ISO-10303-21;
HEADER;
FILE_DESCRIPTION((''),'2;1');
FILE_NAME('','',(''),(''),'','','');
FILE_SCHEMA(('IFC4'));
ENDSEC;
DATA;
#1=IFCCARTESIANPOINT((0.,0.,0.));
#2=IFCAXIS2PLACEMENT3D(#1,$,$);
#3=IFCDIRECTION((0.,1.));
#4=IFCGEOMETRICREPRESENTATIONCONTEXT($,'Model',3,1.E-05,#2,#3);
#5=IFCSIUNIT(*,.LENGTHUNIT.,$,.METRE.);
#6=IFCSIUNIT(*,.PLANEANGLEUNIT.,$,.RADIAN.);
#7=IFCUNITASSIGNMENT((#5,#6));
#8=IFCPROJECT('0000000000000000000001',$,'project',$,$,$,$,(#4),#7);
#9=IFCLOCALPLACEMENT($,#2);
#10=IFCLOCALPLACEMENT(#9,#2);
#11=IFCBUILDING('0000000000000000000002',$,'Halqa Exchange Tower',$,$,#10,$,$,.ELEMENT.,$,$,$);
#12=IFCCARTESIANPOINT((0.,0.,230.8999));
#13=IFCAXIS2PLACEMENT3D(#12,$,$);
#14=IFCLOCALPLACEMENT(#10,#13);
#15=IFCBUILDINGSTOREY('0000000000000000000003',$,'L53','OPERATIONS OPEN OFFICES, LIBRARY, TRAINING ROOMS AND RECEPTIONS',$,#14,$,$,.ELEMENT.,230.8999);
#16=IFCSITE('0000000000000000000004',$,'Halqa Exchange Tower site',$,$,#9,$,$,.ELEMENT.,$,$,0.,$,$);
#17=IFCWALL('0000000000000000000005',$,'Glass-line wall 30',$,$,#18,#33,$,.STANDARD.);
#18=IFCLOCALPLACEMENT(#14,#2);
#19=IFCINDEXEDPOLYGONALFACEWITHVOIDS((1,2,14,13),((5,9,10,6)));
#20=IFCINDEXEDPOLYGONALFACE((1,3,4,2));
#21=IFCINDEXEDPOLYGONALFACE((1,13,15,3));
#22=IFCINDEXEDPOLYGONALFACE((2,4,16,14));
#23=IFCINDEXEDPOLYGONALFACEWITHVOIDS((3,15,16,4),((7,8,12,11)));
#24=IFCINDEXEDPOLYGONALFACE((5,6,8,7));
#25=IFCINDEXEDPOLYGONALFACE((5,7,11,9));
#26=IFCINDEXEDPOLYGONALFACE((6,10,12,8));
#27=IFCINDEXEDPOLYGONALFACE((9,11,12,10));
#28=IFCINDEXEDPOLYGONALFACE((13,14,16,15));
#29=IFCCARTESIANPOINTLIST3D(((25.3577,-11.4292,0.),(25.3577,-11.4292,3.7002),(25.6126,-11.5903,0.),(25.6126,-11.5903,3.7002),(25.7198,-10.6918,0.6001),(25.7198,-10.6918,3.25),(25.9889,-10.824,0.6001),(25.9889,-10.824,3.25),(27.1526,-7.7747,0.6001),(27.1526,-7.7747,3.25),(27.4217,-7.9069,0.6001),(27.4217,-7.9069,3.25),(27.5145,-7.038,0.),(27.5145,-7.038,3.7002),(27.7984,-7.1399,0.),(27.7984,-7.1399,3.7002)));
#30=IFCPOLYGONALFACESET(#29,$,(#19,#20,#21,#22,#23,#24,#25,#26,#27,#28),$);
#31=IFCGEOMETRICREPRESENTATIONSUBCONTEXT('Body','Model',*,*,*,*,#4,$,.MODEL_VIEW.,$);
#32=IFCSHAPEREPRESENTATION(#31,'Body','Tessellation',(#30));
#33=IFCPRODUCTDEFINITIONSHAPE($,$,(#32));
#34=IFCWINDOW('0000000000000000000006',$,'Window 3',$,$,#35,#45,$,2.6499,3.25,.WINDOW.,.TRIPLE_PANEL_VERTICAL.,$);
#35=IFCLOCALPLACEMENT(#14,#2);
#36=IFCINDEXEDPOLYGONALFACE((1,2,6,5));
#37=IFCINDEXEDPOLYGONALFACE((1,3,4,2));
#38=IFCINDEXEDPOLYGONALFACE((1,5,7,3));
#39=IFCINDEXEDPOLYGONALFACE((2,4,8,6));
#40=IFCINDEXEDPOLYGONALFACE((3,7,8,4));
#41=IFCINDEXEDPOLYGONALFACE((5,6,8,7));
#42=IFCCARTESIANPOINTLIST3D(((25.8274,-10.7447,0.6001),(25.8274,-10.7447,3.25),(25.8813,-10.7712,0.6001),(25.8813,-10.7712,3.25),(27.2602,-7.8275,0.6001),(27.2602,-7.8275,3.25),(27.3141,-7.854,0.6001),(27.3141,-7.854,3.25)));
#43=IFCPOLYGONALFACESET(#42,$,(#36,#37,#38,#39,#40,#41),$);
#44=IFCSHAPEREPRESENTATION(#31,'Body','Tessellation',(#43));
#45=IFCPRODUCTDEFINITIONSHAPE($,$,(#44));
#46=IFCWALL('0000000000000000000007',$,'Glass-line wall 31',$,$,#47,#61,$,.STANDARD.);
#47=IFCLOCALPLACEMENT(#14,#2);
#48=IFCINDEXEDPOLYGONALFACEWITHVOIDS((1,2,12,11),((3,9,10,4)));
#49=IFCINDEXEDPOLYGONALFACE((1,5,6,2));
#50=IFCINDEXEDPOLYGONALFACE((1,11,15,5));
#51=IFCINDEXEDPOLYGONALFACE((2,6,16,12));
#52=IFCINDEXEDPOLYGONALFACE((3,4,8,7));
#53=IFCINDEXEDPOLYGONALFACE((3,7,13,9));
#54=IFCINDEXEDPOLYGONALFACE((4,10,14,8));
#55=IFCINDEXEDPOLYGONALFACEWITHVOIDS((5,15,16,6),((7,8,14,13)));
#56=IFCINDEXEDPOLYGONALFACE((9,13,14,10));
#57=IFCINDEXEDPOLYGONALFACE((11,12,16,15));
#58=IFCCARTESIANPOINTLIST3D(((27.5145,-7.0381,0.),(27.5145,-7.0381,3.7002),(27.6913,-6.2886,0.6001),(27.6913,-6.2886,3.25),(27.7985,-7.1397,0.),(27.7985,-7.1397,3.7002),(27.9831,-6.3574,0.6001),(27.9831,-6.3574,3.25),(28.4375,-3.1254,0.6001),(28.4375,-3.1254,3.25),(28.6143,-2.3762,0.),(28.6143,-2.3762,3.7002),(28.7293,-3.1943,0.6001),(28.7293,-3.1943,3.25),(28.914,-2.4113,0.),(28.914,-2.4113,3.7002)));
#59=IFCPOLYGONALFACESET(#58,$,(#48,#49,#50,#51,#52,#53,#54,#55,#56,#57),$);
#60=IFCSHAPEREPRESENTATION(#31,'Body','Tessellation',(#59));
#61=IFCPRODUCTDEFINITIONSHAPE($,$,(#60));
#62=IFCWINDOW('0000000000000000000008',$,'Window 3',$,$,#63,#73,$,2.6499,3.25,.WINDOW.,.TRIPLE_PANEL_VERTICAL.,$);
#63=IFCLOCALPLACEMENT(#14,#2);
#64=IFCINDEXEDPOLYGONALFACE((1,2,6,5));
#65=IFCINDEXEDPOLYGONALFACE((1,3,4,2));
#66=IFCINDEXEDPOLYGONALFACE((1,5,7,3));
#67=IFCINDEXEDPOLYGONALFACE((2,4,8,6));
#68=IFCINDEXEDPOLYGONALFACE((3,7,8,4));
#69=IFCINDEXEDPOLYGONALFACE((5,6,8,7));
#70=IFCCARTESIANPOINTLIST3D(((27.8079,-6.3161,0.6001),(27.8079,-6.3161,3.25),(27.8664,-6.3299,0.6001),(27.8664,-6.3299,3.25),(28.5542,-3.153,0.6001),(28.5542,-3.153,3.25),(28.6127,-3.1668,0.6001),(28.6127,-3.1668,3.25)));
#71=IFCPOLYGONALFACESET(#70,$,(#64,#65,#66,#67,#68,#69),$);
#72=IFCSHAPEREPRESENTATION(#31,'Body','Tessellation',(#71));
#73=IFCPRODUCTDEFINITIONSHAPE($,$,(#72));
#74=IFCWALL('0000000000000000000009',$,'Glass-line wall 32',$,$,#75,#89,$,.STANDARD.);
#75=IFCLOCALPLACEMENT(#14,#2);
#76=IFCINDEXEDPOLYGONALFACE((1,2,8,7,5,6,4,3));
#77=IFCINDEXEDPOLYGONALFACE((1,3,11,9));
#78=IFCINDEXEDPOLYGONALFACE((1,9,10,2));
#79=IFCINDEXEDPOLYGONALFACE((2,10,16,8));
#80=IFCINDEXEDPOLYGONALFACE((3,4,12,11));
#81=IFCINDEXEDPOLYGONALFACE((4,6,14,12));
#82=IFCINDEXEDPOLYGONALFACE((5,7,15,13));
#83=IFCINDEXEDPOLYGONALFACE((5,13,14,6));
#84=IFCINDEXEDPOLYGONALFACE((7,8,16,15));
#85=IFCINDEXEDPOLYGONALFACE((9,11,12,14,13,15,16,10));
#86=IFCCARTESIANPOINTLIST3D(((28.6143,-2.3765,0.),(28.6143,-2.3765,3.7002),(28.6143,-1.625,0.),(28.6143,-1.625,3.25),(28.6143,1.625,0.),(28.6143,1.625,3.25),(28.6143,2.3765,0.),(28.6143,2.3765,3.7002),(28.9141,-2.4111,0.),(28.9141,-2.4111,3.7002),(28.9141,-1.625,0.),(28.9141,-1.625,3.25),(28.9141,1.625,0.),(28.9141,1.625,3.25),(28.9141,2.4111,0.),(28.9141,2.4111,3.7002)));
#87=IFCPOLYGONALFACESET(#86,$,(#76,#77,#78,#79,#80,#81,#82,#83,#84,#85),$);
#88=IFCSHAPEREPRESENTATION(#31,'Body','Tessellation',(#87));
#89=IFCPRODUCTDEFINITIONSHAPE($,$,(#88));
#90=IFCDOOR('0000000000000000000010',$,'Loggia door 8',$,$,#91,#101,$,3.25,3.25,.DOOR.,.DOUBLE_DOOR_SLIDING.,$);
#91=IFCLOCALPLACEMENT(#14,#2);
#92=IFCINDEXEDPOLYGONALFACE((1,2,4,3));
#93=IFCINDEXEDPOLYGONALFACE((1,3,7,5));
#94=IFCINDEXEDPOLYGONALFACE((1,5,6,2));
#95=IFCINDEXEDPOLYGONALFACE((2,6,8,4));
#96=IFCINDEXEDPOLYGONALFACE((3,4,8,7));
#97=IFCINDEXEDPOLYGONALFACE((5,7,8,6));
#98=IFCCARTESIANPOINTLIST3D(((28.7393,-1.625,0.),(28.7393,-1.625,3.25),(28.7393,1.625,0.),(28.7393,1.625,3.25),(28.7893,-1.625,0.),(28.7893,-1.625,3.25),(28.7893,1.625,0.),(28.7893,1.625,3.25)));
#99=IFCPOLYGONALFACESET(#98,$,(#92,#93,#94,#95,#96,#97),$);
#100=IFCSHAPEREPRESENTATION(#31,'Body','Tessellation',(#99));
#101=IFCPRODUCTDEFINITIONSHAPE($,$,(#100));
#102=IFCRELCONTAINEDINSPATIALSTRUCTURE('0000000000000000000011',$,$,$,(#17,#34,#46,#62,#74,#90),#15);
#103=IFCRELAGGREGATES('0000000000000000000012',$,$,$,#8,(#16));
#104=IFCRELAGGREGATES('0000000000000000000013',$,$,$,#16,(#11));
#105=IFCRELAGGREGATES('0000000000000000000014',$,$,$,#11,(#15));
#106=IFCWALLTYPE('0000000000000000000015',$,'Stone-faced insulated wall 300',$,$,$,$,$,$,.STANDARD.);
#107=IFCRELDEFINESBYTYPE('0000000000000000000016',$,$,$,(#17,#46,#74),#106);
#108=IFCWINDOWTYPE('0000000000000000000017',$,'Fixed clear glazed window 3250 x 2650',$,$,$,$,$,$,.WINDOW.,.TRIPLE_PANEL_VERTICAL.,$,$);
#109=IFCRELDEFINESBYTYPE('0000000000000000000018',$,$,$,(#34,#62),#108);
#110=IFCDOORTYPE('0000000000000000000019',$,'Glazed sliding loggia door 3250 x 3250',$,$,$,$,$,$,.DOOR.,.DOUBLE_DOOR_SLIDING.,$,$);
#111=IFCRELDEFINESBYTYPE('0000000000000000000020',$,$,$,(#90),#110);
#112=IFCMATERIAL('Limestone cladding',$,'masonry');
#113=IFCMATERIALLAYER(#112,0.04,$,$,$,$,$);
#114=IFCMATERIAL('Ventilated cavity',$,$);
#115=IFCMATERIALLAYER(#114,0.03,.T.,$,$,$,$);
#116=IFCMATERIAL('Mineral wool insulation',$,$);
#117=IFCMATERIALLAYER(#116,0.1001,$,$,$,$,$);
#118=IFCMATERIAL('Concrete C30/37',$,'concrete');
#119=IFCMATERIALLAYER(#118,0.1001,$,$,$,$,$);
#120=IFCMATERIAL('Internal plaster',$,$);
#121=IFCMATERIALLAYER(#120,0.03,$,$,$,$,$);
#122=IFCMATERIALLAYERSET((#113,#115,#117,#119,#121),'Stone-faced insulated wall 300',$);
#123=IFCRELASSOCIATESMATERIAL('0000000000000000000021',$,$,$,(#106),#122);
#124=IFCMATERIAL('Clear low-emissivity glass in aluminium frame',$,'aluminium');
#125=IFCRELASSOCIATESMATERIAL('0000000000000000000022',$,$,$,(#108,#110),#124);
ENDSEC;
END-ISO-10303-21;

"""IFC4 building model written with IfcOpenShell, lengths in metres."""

from ifc_helpers import new_model, si_unit, direction, frame, frame_2d, origin, place, context, subcontext, project, spatial, polyline, rectangle, outline, extrude, material, layer, layer_set, type_object, element, fill, save


model = new_model("IFC4")

# Units and contexts
model_context = context("Model", 3, precision=1e-05, world=origin(), true_north=direction((0.0, 1.0)))
body_context = subcontext(model_context, "Body", "Model", "MODEL_VIEW")
ifc_project = project(units=[si_unit("LENGTHUNIT", "METRE"), si_unit("PLANEANGLEUNIT", "RADIAN")], contexts=[model_context])

# Site, building, storey
site_placement = place(None, origin())
site = spatial("IfcSite", under=ifc_project, at=site_placement, Name="Halqa Exchange Tower site", CompositionType="ELEMENT", RefElevation=0.0)
building_placement = place(site_placement, origin())
building = spatial("IfcBuilding", under=site, at=building_placement, Name="Halqa Exchange Tower", CompositionType="ELEMENT")
storey_placement = place(building_placement, frame((0.0, 0.0, 230.8999)))
storey = spatial("IfcBuildingStorey", under=building, at=storey_placement, Name="L53", Description="OPERATIONS OPEN OFFICES, LIBRARY, TRAINING ROOMS AND RECEPTIONS", CompositionType="ELEMENT", Elevation=230.8999)

# Walls, openings, windows
ifc_material_1 = material(Name="Limestone cladding", Category="masonry")
ifc_layer_1 = layer(ifc_material_1, 0.04)
ifc_material_2 = material(Name="Ventilated cavity")
ifc_layer_2 = layer(ifc_material_2, 0.03, ventilated=True)
ifc_material_3 = material(Name="Mineral wool insulation")
ifc_layer_3 = layer(ifc_material_3, 0.1001)
ifc_material_4 = material(Name="Concrete C30/37", Category="concrete")
ifc_layer_4 = layer(ifc_material_4, 0.1001)
ifc_material_5 = material(Name="Internal plaster")
ifc_layer_5 = layer(ifc_material_5, 0.03)
ifc_layer_set_1 = layer_set([ifc_layer_1, ifc_layer_2, ifc_layer_3, ifc_layer_4, ifc_layer_5], Name="Stone-faced insulated wall 300")
wall_type_1 = type_object("IfcWallType", Name="Stone-faced insulated wall 300", PredefinedType="STANDARD", material=ifc_layer_set_1)
wall_1_placement = place(storey_placement, frame((25.4851, -11.5098, 0.0), z_axis=(0.0, 0.0, 1.0), x_axis=(0.440858, 0.897577, 0.0)))
wall_1 = element("IfcWall", 1, at=wall_1_placement, inside=storey, type_object=wall_type_1, Name="Glass-line wall 30", PredefinedType="STANDARD", context=body_context, shape_type="SweptSolid", body=[
    extrude(outline(polyline([(-0.0161, -0.1499), (4.9421, -0.1499), (4.9084, 0.1499), (0.0161, 0.1499), (-0.0161, -0.1499)])), origin(), (0.0, 0.0, 1.0), 3.7002),
])
opening_1_placement = place(wall_1_placement, frame((0.8376, 0.0, 0.6001)))
opening_1 = element("IfcOpeningElement", 2, at=opening_1_placement, cuts=wall_1, PredefinedType="OPENING", context=body_context, shape_type="SweptSolid", body=[
    extrude(rectangle(XDim=3.25, YDim=2.6499, at=frame_2d((1.625, 1.325))), frame((0.0, 0.1621, 0.0), z_axis=(0.0, -1.0, 0.0), x_axis=(1.0, 0.0, 0.0)), (0.0, 0.0, 1.0), 0.324),
])
ifc_material_6 = material(Name="Clear low-emissivity glass in aluminium frame", Category="aluminium")
window_type = type_object("IfcWindowType", Name="Fixed clear glazed window 3250 x 2650", PartitioningType="TRIPLE_PANEL_VERTICAL", PredefinedType="WINDOW", material=ifc_material_6)
window_1_placement = place(opening_1_placement, origin())
window_1 = element("IfcWindow", 3, at=window_1_placement, inside=storey, type_object=window_type, Name="Window 3", OverallHeight=2.6499, OverallWidth=3.25, PartitioningType="TRIPLE_PANEL_VERTICAL", PredefinedType="WINDOW", context=body_context, shape_type="SweptSolid", body=[
    extrude(rectangle(XDim=3.25, YDim=2.6499, at=frame_2d((1.625, 1.325))), frame((0.0, 0.03, 0.0), z_axis=(0.0, -1.0, 0.0), x_axis=(1.0, 0.0, 0.0)), (0.0, 0.0, 1.0), 0.0601),
])
fill(opening_1, window_1)
wall_2_placement = place(storey_placement, frame((27.6565, -7.0889, 0.0), z_axis=(0.0, 0.0, 1.0), x_axis=(0.229618, 0.973281, 0.0)))
wall_2 = element("IfcWall", 4, at=wall_2_placement, inside=storey, type_object=wall_type_1, Name="Glass-line wall 31", PredefinedType="STANDARD", context=body_context, shape_type="SweptSolid", body=[
    extrude(outline(polyline([(-0.0168, -0.1499), (4.8413, -0.1499), (4.8066, 0.1499), (0.0168, 0.1499), (-0.0168, -0.1499)])), origin(), (0.0, 0.0, 1.0), 3.7002),
])
opening_2_placement = place(wall_2_placement, frame((0.7869, 0.0, 0.6001)))
opening_2 = element("IfcOpeningElement", 5, at=opening_2_placement, cuts=wall_2, PredefinedType="OPENING", context=body_context, shape_type="SweptSolid", body=[
    extrude(rectangle(XDim=3.25, YDim=2.6499, at=frame_2d((1.625, 1.325))), frame((0.0, 0.1621, 0.0), z_axis=(0.0, -1.0, 0.0), x_axis=(1.0, 0.0, 0.0)), (0.0, 0.0, 1.0), 0.324),
])
window_2_placement = place(opening_2_placement, origin())
window_2 = element("IfcWindow", 6, at=window_2_placement, inside=storey, type_object=window_type, Name="Window 3", OverallHeight=2.6499, OverallWidth=3.25, PartitioningType="TRIPLE_PANEL_VERTICAL", PredefinedType="WINDOW", context=body_context, shape_type="SweptSolid", body=[
    extrude(rectangle(XDim=3.25, YDim=2.6499, at=frame_2d((1.625, 1.325))), frame((0.0, 0.03, 0.0), z_axis=(0.0, -1.0, 0.0), x_axis=(1.0, 0.0, 0.0)), (0.0, 0.0, 1.0), 0.0601),
])
fill(opening_2, window_2)

# Wall, opening, door
wall_3_placement = place(storey_placement, frame((28.7642, -2.3938, 0.0), z_axis=(0.0, 0.0, 1.0), x_axis=(0.0, 1.0, 0.0)))
wall_3 = element("IfcWall", 7, at=wall_3_placement, inside=storey, type_object=wall_type_1, Name="Glass-line wall 32", PredefinedType="STANDARD", context=body_context, shape_type="SweptSolid", body=[
    extrude(outline(polyline([(-0.0173, -0.1499), (4.8049, -0.1499), (4.7703, 0.1499), (0.0173, 0.1499), (-0.0173, -0.1499)])), origin(), (0.0, 0.0, 1.0), 3.7002),
])
opening_3_placement = place(wall_3_placement, frame((0.7688, 0.0, 0.0)))
opening_3 = element("IfcOpeningElement", 8, at=opening_3_placement, cuts=wall_3, PredefinedType="OPENING", context=body_context, shape_type="SweptSolid", body=[
    extrude(rectangle(XDim=3.25, YDim=3.25, at=frame_2d((1.625, 1.625))), frame((0.0, 0.1621, 0.0), z_axis=(0.0, -1.0, 0.0), x_axis=(1.0, 0.0, 0.0)), (0.0, 0.0, 1.0), 0.324),
])
door_type_1 = type_object("IfcDoorType", Name="Glazed sliding loggia door 3250 x 3250", OperationType="DOUBLE_DOOR_SLIDING", PredefinedType="DOOR", material=ifc_material_6)
door_1_placement = place(opening_3_placement, origin())
door_1 = element("IfcDoor", 9, at=door_1_placement, inside=storey, type_object=door_type_1, Name="Loggia door 8", OperationType="DOUBLE_DOOR_SLIDING", OverallHeight=3.25, OverallWidth=3.25, PredefinedType="DOOR", context=body_context, shape_type="SweptSolid", body=[
    extrude(rectangle(XDim=3.25, YDim=3.25, at=frame_2d((1.625, 1.625))), frame((0.0, 0.0249, 0.0), z_axis=(0.0, -1.0, 0.0), x_axis=(1.0, 0.0, 0.0)), (0.0, 0.0, 1.0), 0.05),
])
fill(opening_3, door_1)

save(model, "model.ifc")
